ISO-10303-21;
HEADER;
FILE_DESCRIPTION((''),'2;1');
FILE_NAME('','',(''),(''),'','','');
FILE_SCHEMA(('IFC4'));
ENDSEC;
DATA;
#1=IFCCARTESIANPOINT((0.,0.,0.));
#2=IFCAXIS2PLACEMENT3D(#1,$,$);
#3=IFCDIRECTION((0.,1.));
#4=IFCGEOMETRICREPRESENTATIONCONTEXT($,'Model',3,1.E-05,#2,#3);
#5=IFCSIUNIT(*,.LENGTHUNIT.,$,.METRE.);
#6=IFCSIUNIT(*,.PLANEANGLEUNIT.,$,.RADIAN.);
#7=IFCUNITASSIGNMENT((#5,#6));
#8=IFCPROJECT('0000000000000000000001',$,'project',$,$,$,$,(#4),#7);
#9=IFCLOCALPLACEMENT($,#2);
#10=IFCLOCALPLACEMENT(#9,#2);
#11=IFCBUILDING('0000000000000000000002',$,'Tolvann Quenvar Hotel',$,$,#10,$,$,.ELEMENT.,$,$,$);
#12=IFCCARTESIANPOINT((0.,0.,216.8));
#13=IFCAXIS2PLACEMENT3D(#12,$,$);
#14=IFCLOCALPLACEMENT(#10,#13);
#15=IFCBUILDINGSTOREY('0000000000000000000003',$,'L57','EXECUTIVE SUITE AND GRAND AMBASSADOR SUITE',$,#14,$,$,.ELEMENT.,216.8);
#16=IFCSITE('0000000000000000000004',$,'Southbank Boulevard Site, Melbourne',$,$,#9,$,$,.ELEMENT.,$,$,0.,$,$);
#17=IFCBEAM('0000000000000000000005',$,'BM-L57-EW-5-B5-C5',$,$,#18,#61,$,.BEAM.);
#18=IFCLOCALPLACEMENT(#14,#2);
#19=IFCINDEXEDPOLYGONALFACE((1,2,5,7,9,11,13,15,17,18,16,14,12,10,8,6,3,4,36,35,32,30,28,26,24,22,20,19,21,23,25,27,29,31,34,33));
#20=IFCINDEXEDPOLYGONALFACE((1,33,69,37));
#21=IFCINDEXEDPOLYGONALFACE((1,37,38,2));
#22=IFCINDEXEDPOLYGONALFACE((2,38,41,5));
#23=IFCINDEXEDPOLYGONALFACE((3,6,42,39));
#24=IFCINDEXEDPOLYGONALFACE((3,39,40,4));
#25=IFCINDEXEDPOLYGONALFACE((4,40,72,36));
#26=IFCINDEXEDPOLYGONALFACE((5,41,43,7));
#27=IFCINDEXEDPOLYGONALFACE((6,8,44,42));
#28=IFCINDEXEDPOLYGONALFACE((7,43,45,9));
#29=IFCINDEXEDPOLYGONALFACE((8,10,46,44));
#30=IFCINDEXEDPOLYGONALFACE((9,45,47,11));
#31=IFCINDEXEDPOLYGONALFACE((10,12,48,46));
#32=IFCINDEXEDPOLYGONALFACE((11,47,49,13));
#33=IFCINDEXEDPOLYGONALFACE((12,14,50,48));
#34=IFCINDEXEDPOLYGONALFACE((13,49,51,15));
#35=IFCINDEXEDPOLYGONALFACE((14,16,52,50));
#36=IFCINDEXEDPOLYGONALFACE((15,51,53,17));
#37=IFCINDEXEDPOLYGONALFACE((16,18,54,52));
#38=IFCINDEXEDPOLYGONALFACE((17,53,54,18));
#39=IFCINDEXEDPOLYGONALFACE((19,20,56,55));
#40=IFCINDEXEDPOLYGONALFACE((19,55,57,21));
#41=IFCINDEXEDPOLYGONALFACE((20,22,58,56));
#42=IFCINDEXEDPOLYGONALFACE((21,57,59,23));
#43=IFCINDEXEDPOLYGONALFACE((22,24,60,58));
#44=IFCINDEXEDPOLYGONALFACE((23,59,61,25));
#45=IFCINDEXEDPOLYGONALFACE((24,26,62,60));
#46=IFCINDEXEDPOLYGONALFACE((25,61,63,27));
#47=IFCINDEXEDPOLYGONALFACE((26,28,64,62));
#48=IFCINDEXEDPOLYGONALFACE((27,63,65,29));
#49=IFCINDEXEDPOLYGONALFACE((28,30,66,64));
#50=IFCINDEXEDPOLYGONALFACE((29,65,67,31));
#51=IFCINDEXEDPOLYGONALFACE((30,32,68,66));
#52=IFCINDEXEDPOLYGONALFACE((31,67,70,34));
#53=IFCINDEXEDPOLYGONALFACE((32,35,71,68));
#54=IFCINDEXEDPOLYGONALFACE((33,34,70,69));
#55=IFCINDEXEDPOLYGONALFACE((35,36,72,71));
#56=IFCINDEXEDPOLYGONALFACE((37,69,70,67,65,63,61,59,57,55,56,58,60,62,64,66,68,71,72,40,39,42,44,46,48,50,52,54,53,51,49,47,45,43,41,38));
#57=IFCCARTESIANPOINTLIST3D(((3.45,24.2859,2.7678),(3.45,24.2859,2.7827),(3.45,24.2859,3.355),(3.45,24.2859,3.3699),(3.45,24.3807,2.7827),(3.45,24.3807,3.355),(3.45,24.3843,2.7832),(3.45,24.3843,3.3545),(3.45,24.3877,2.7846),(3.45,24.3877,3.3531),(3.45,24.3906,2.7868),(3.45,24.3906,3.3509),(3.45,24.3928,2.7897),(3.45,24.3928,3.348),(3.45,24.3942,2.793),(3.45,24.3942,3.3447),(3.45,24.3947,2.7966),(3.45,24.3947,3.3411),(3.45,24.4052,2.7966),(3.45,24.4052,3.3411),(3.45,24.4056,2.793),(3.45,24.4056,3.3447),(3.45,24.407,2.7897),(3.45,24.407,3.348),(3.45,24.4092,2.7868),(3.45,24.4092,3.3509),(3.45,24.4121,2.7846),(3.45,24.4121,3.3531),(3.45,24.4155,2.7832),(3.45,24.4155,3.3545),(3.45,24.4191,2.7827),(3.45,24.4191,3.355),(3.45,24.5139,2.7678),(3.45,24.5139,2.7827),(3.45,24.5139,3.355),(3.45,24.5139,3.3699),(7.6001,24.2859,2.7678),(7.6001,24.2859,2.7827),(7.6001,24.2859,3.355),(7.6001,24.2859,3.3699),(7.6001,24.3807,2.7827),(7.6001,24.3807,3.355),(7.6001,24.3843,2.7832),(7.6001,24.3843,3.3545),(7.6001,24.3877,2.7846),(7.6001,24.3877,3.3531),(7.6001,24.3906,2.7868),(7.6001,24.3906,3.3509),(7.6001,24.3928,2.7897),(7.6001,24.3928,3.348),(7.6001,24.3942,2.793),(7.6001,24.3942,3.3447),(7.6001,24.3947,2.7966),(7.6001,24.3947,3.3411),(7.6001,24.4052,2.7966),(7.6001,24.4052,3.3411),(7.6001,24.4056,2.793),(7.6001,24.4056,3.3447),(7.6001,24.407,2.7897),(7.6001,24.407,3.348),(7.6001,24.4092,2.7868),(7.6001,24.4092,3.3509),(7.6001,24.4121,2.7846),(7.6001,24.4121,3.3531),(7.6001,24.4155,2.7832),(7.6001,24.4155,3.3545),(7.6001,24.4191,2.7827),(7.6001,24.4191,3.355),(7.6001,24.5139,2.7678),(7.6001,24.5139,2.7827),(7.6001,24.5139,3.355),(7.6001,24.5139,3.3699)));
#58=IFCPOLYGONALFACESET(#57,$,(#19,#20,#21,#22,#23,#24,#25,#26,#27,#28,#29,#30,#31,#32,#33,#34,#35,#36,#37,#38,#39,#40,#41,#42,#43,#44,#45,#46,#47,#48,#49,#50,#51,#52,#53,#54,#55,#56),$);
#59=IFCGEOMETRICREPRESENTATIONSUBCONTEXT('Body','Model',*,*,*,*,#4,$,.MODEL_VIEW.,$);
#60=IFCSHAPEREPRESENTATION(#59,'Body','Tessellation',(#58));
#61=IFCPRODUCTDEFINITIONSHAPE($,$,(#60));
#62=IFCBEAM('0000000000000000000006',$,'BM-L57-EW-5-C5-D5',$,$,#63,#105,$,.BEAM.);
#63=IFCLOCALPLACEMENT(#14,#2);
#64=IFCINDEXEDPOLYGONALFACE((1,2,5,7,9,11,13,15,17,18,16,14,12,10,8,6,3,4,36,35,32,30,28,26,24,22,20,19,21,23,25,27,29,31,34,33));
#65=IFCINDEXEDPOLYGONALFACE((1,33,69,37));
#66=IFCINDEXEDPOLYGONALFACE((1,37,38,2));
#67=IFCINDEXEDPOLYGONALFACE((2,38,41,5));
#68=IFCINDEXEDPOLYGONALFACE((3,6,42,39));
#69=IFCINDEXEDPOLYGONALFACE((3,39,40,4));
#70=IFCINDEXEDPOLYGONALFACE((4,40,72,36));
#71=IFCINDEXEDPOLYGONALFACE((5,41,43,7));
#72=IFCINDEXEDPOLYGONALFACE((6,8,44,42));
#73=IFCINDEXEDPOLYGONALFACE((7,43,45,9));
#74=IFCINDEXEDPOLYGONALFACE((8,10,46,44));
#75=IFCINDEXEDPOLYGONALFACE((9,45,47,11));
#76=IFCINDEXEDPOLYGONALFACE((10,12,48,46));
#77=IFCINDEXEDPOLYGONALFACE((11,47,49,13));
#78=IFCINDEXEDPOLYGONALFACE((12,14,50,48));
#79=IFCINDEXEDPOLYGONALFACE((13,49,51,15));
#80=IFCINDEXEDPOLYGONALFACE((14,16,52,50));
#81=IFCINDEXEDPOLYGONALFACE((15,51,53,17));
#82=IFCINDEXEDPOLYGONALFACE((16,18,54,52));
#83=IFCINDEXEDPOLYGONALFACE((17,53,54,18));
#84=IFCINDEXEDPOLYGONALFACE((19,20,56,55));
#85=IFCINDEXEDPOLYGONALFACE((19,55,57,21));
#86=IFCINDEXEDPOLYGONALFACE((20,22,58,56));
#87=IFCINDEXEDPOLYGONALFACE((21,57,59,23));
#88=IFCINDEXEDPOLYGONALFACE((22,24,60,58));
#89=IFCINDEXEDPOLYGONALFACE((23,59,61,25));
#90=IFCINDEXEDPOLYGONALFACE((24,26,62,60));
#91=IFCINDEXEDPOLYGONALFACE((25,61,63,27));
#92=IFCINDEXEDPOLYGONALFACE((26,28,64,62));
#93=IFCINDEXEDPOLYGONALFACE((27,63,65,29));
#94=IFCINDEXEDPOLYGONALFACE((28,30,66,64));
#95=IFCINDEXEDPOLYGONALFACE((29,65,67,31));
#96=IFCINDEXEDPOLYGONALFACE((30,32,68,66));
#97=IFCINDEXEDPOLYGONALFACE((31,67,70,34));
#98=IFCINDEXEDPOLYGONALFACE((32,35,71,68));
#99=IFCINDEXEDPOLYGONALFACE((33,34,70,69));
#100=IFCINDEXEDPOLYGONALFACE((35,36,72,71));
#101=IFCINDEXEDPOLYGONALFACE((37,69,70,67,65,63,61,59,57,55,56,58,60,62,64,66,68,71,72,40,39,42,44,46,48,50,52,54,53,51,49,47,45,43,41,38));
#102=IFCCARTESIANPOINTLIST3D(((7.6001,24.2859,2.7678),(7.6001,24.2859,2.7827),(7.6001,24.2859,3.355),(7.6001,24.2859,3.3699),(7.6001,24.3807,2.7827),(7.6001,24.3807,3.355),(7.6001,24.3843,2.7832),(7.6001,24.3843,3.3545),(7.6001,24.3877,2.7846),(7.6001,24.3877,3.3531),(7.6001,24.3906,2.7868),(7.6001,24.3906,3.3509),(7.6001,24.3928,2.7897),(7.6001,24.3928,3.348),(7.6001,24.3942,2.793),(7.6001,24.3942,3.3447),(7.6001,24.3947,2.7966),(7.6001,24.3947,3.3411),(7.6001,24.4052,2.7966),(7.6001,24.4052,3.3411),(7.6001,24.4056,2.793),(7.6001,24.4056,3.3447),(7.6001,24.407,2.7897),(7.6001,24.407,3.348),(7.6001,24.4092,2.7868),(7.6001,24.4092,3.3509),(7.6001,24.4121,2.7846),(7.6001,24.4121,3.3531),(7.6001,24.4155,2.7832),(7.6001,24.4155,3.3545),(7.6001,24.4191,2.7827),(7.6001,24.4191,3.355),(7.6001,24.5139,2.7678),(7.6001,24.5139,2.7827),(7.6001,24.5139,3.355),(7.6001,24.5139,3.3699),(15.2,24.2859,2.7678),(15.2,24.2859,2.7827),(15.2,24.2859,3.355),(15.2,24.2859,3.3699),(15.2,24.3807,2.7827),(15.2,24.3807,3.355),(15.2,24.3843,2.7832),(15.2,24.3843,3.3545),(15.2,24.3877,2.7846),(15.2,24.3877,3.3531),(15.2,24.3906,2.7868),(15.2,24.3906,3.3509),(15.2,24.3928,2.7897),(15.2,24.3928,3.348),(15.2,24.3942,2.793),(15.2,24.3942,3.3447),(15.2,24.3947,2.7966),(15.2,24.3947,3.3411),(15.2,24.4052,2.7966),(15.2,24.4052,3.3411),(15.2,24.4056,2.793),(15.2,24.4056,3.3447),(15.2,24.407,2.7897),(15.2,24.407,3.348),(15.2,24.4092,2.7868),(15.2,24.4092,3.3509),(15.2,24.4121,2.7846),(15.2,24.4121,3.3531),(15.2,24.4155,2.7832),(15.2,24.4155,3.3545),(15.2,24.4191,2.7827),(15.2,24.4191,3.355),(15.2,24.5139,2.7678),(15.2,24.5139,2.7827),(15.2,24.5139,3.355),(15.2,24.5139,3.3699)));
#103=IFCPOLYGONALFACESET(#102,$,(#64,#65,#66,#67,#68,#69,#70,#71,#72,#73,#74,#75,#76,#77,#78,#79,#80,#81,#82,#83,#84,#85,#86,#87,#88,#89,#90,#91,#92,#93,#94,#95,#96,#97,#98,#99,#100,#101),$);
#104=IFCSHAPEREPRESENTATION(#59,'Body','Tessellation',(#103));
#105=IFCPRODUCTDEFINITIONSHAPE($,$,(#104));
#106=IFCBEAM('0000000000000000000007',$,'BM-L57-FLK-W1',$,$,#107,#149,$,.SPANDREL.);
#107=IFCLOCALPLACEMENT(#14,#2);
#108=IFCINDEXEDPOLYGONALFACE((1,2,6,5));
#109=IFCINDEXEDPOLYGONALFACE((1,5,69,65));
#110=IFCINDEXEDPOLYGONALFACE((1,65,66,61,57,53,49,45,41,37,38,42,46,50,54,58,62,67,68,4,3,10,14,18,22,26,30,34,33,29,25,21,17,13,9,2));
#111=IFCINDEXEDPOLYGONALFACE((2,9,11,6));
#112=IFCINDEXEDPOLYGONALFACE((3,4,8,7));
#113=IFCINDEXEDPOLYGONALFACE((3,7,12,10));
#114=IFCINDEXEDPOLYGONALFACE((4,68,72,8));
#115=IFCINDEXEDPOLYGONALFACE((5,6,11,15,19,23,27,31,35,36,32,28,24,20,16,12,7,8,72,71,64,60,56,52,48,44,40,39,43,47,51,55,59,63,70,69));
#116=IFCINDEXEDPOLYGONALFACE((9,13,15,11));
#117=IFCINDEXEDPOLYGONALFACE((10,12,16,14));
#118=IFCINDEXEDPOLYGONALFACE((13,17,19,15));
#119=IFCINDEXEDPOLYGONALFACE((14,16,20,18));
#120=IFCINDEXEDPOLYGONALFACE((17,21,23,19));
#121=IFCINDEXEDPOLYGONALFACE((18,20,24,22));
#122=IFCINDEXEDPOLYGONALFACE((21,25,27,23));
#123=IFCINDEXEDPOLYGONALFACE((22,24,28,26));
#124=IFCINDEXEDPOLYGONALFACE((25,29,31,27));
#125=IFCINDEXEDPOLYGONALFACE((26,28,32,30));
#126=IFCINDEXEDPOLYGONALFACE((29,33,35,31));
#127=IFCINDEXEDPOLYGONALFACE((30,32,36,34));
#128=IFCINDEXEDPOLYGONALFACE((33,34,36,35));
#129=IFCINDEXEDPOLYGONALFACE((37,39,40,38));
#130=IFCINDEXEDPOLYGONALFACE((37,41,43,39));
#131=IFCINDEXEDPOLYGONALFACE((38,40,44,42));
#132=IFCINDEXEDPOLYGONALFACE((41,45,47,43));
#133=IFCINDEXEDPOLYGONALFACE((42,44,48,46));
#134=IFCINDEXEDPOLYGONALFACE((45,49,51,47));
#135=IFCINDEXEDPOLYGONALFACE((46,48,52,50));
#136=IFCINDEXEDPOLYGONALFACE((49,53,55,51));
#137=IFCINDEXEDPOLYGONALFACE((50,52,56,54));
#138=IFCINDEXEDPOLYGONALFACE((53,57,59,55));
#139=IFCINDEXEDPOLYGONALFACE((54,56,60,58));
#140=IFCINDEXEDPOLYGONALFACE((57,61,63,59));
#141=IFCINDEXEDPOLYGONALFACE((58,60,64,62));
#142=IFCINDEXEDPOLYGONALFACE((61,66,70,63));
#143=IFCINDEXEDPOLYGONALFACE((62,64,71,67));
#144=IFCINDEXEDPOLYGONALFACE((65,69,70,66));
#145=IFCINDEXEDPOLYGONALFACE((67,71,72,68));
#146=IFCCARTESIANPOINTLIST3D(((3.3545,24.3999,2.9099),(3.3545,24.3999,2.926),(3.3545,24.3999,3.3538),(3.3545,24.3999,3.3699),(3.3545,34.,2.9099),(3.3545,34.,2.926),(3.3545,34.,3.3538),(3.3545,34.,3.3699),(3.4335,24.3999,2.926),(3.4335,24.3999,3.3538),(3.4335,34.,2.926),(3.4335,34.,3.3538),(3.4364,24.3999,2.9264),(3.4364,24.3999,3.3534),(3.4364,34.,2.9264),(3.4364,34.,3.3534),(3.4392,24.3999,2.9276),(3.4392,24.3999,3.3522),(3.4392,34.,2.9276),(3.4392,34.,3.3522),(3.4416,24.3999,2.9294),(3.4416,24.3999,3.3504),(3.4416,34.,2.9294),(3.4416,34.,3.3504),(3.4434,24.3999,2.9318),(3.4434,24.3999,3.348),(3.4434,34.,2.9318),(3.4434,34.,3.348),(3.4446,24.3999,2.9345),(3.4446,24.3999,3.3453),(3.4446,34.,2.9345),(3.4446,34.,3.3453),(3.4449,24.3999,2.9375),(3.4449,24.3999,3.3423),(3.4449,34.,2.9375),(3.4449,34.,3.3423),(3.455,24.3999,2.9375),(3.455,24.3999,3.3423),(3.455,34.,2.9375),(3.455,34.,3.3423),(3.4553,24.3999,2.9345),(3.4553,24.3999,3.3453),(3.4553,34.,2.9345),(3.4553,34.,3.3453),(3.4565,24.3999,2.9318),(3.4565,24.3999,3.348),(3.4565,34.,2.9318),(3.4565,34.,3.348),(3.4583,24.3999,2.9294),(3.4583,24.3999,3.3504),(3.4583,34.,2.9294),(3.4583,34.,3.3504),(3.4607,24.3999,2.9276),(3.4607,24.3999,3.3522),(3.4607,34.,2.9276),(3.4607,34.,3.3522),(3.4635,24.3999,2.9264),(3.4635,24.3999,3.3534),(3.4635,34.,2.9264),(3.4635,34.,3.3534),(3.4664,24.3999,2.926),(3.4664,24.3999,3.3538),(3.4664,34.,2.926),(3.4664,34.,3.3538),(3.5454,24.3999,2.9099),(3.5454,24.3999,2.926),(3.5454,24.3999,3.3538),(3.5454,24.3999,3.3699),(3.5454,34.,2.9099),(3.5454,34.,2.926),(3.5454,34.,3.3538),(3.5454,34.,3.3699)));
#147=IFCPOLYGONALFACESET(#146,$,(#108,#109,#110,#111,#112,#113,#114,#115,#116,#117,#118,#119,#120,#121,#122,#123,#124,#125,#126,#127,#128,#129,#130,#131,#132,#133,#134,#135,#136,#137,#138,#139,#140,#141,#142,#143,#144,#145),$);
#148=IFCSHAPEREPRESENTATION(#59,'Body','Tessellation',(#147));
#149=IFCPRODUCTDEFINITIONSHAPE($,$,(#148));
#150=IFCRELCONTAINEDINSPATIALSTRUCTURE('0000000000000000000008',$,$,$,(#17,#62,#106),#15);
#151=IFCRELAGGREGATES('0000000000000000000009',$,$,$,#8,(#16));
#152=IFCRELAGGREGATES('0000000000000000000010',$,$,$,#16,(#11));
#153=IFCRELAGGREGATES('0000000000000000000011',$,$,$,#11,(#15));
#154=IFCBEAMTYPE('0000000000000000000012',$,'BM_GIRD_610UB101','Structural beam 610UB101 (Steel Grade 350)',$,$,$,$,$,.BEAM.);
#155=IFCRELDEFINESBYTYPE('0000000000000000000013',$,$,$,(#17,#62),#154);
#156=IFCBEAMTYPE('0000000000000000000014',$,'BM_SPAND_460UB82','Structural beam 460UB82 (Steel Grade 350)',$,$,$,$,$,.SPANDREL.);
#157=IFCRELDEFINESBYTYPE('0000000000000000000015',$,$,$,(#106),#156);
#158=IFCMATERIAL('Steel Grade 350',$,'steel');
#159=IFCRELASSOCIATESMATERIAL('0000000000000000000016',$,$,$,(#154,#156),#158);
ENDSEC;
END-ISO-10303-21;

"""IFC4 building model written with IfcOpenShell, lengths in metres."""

from ifc_helpers import new_model, si_unit, direction, frame, origin, origin_2d, place, context, subcontext, project, spatial, i_section, extrude, source, transform, mapped, material, material_profile, profile_set, type_object, type_shapes, element, save


model = new_model("IFC4")

# Units and contexts
model_context = context("Model", 3, precision=1e-05, world=origin(), true_north=direction((0.0, 1.0)))
body_context = subcontext(model_context, "Body", "Model", "MODEL_VIEW")
ifc_project = project(units=[si_unit("LENGTHUNIT", "METRE"), si_unit("PLANEANGLEUNIT", "RADIAN")], contexts=[model_context])

# Site, building, storey
site_placement = place(None, origin())
site = spatial("IfcSite", under=ifc_project, at=site_placement, Name="Southbank Boulevard Site, Melbourne", CompositionType="ELEMENT", RefElevation=0.0)
building_placement = place(site_placement, origin())
building = spatial("IfcBuilding", under=site, at=building_placement, Name="Tolvann Quenvar Hotel", CompositionType="ELEMENT")
storey_placement = place(building_placement, frame((0.0, 0.0, 216.8)))
storey = spatial("IfcBuildingStorey", under=building, at=storey_placement, Name="L57", Description="EXECUTIVE SUITE AND GRAND AMBASSADOR SUITE", CompositionType="ELEMENT", Elevation=216.8)

# Shared definitions
ifc_material_1 = material(Name="Steel Grade 350", Category="steel")

# Beams
ifc_material_profile_1 = material_profile(ifc_material_1, i_section(OverallWidth=0.228, OverallDepth=0.6021, WebThickness=0.0105, FlangeThickness=0.0149, FilletRadius=0.0139, at=origin_2d()), Name="610UB101")
ifc_profile_set_1 = profile_set([ifc_material_profile_1], Name="Steel Grade 350")
beam_type_1 = type_object("IfcBeamType", Name="BM_GIRD_610UB101", Description="Structural beam 610UB101 (Steel Grade 350)", PredefinedType="BEAM", material=ifc_profile_set_1)
shared_shape_1 = source(origin(), body_context, "Body", "SweptSolid", [
    extrude(i_section(OverallWidth=0.228, OverallDepth=0.6021, WebThickness=0.0105, FlangeThickness=0.0149, FilletRadius=0.0139, at=origin_2d()), origin(), (0.0, 0.0, 1.0), 4.1501),
])
beam_1_placement = place(storey_placement, frame((3.45, 24.3999, 3.0688), z_axis=(1.0, 0.0, 0.0), x_axis=(0.0, 1.0, 0.0)))
element("IfcBeam", 1, at=beam_1_placement, inside=storey, type_object=beam_type_1, Name="BM-L57-EW-5-B5-C5", PredefinedType="BEAM", context=body_context, shape_type="MappedRepresentation", body=[
    mapped(shared_shape_1, transform((0.0, 0.0, 0.0), x_axis=(1.0, 0.0, 0.0), y_axis=(0.0, 1.0, 0.0), z_axis=(0.0, 0.0, 1.0), scale=1.0)),
])
shared_shape_2 = source(origin(), body_context, "Body", "SweptSolid", [
    extrude(i_section(OverallWidth=0.228, OverallDepth=0.6021, WebThickness=0.0105, FlangeThickness=0.0149, FilletRadius=0.0139, at=origin_2d()), origin(), (0.0, 0.0, 1.0), 7.5999),
])
type_shapes(beam_type_1, [shared_shape_1, shared_shape_2])
beam_2_placement = place(storey_placement, frame((7.6001, 24.3999, 3.0688), z_axis=(1.0, 0.0, 0.0), x_axis=(0.0, 1.0, 0.0)))
element("IfcBeam", 2, at=beam_2_placement, inside=storey, type_object=beam_type_1, Name="BM-L57-EW-5-C5-D5", PredefinedType="BEAM", context=body_context, shape_type="MappedRepresentation", body=[
    mapped(shared_shape_2, transform((0.0, 0.0, 0.0), x_axis=(1.0, 0.0, 0.0), y_axis=(0.0, 1.0, 0.0), z_axis=(0.0, 0.0, 1.0), scale=1.0)),
])
ifc_material_profile_2 = material_profile(ifc_material_1, i_section(OverallWidth=0.1909, OverallDepth=0.46, WebThickness=0.01, FlangeThickness=0.0161, FilletRadius=0.0115, at=origin_2d()), Name="460UB82")
ifc_profile_set_2 = profile_set([ifc_material_profile_2], Name="Steel Grade 350")
beam_type_2 = type_object("IfcBeamType", Name="BM_SPAND_460UB82", Description="Structural beam 460UB82 (Steel Grade 350)", PredefinedType="SPANDREL", material=ifc_profile_set_2)
shared_shape_3 = source(origin(), body_context, "Body", "SweptSolid", [
    extrude(i_section(OverallWidth=0.1909, OverallDepth=0.46, WebThickness=0.01, FlangeThickness=0.0161, FilletRadius=0.0115, at=origin_2d()), origin(), (0.0, 0.0, 1.0), 9.6001),
])
beam_3_placement = place(storey_placement, frame((3.45, 24.3999, 3.1399), z_axis=(0.0, 1.0, 0.0), x_axis=(-1.0, 0.0, 0.0)))
element("IfcBeam", 3, at=beam_3_placement, inside=storey, type_object=beam_type_2, Name="BM-L57-FLK-W1", PredefinedType="SPANDREL", context=body_context, shape_type="MappedRepresentation", body=[
    mapped(shared_shape_3, transform((0.0, 0.0, 0.0), x_axis=(1.0, 0.0, 0.0), y_axis=(0.0, 1.0, 0.0), z_axis=(0.0, 0.0, 1.0), scale=1.0)),
])

save(model, "model.ifc")
